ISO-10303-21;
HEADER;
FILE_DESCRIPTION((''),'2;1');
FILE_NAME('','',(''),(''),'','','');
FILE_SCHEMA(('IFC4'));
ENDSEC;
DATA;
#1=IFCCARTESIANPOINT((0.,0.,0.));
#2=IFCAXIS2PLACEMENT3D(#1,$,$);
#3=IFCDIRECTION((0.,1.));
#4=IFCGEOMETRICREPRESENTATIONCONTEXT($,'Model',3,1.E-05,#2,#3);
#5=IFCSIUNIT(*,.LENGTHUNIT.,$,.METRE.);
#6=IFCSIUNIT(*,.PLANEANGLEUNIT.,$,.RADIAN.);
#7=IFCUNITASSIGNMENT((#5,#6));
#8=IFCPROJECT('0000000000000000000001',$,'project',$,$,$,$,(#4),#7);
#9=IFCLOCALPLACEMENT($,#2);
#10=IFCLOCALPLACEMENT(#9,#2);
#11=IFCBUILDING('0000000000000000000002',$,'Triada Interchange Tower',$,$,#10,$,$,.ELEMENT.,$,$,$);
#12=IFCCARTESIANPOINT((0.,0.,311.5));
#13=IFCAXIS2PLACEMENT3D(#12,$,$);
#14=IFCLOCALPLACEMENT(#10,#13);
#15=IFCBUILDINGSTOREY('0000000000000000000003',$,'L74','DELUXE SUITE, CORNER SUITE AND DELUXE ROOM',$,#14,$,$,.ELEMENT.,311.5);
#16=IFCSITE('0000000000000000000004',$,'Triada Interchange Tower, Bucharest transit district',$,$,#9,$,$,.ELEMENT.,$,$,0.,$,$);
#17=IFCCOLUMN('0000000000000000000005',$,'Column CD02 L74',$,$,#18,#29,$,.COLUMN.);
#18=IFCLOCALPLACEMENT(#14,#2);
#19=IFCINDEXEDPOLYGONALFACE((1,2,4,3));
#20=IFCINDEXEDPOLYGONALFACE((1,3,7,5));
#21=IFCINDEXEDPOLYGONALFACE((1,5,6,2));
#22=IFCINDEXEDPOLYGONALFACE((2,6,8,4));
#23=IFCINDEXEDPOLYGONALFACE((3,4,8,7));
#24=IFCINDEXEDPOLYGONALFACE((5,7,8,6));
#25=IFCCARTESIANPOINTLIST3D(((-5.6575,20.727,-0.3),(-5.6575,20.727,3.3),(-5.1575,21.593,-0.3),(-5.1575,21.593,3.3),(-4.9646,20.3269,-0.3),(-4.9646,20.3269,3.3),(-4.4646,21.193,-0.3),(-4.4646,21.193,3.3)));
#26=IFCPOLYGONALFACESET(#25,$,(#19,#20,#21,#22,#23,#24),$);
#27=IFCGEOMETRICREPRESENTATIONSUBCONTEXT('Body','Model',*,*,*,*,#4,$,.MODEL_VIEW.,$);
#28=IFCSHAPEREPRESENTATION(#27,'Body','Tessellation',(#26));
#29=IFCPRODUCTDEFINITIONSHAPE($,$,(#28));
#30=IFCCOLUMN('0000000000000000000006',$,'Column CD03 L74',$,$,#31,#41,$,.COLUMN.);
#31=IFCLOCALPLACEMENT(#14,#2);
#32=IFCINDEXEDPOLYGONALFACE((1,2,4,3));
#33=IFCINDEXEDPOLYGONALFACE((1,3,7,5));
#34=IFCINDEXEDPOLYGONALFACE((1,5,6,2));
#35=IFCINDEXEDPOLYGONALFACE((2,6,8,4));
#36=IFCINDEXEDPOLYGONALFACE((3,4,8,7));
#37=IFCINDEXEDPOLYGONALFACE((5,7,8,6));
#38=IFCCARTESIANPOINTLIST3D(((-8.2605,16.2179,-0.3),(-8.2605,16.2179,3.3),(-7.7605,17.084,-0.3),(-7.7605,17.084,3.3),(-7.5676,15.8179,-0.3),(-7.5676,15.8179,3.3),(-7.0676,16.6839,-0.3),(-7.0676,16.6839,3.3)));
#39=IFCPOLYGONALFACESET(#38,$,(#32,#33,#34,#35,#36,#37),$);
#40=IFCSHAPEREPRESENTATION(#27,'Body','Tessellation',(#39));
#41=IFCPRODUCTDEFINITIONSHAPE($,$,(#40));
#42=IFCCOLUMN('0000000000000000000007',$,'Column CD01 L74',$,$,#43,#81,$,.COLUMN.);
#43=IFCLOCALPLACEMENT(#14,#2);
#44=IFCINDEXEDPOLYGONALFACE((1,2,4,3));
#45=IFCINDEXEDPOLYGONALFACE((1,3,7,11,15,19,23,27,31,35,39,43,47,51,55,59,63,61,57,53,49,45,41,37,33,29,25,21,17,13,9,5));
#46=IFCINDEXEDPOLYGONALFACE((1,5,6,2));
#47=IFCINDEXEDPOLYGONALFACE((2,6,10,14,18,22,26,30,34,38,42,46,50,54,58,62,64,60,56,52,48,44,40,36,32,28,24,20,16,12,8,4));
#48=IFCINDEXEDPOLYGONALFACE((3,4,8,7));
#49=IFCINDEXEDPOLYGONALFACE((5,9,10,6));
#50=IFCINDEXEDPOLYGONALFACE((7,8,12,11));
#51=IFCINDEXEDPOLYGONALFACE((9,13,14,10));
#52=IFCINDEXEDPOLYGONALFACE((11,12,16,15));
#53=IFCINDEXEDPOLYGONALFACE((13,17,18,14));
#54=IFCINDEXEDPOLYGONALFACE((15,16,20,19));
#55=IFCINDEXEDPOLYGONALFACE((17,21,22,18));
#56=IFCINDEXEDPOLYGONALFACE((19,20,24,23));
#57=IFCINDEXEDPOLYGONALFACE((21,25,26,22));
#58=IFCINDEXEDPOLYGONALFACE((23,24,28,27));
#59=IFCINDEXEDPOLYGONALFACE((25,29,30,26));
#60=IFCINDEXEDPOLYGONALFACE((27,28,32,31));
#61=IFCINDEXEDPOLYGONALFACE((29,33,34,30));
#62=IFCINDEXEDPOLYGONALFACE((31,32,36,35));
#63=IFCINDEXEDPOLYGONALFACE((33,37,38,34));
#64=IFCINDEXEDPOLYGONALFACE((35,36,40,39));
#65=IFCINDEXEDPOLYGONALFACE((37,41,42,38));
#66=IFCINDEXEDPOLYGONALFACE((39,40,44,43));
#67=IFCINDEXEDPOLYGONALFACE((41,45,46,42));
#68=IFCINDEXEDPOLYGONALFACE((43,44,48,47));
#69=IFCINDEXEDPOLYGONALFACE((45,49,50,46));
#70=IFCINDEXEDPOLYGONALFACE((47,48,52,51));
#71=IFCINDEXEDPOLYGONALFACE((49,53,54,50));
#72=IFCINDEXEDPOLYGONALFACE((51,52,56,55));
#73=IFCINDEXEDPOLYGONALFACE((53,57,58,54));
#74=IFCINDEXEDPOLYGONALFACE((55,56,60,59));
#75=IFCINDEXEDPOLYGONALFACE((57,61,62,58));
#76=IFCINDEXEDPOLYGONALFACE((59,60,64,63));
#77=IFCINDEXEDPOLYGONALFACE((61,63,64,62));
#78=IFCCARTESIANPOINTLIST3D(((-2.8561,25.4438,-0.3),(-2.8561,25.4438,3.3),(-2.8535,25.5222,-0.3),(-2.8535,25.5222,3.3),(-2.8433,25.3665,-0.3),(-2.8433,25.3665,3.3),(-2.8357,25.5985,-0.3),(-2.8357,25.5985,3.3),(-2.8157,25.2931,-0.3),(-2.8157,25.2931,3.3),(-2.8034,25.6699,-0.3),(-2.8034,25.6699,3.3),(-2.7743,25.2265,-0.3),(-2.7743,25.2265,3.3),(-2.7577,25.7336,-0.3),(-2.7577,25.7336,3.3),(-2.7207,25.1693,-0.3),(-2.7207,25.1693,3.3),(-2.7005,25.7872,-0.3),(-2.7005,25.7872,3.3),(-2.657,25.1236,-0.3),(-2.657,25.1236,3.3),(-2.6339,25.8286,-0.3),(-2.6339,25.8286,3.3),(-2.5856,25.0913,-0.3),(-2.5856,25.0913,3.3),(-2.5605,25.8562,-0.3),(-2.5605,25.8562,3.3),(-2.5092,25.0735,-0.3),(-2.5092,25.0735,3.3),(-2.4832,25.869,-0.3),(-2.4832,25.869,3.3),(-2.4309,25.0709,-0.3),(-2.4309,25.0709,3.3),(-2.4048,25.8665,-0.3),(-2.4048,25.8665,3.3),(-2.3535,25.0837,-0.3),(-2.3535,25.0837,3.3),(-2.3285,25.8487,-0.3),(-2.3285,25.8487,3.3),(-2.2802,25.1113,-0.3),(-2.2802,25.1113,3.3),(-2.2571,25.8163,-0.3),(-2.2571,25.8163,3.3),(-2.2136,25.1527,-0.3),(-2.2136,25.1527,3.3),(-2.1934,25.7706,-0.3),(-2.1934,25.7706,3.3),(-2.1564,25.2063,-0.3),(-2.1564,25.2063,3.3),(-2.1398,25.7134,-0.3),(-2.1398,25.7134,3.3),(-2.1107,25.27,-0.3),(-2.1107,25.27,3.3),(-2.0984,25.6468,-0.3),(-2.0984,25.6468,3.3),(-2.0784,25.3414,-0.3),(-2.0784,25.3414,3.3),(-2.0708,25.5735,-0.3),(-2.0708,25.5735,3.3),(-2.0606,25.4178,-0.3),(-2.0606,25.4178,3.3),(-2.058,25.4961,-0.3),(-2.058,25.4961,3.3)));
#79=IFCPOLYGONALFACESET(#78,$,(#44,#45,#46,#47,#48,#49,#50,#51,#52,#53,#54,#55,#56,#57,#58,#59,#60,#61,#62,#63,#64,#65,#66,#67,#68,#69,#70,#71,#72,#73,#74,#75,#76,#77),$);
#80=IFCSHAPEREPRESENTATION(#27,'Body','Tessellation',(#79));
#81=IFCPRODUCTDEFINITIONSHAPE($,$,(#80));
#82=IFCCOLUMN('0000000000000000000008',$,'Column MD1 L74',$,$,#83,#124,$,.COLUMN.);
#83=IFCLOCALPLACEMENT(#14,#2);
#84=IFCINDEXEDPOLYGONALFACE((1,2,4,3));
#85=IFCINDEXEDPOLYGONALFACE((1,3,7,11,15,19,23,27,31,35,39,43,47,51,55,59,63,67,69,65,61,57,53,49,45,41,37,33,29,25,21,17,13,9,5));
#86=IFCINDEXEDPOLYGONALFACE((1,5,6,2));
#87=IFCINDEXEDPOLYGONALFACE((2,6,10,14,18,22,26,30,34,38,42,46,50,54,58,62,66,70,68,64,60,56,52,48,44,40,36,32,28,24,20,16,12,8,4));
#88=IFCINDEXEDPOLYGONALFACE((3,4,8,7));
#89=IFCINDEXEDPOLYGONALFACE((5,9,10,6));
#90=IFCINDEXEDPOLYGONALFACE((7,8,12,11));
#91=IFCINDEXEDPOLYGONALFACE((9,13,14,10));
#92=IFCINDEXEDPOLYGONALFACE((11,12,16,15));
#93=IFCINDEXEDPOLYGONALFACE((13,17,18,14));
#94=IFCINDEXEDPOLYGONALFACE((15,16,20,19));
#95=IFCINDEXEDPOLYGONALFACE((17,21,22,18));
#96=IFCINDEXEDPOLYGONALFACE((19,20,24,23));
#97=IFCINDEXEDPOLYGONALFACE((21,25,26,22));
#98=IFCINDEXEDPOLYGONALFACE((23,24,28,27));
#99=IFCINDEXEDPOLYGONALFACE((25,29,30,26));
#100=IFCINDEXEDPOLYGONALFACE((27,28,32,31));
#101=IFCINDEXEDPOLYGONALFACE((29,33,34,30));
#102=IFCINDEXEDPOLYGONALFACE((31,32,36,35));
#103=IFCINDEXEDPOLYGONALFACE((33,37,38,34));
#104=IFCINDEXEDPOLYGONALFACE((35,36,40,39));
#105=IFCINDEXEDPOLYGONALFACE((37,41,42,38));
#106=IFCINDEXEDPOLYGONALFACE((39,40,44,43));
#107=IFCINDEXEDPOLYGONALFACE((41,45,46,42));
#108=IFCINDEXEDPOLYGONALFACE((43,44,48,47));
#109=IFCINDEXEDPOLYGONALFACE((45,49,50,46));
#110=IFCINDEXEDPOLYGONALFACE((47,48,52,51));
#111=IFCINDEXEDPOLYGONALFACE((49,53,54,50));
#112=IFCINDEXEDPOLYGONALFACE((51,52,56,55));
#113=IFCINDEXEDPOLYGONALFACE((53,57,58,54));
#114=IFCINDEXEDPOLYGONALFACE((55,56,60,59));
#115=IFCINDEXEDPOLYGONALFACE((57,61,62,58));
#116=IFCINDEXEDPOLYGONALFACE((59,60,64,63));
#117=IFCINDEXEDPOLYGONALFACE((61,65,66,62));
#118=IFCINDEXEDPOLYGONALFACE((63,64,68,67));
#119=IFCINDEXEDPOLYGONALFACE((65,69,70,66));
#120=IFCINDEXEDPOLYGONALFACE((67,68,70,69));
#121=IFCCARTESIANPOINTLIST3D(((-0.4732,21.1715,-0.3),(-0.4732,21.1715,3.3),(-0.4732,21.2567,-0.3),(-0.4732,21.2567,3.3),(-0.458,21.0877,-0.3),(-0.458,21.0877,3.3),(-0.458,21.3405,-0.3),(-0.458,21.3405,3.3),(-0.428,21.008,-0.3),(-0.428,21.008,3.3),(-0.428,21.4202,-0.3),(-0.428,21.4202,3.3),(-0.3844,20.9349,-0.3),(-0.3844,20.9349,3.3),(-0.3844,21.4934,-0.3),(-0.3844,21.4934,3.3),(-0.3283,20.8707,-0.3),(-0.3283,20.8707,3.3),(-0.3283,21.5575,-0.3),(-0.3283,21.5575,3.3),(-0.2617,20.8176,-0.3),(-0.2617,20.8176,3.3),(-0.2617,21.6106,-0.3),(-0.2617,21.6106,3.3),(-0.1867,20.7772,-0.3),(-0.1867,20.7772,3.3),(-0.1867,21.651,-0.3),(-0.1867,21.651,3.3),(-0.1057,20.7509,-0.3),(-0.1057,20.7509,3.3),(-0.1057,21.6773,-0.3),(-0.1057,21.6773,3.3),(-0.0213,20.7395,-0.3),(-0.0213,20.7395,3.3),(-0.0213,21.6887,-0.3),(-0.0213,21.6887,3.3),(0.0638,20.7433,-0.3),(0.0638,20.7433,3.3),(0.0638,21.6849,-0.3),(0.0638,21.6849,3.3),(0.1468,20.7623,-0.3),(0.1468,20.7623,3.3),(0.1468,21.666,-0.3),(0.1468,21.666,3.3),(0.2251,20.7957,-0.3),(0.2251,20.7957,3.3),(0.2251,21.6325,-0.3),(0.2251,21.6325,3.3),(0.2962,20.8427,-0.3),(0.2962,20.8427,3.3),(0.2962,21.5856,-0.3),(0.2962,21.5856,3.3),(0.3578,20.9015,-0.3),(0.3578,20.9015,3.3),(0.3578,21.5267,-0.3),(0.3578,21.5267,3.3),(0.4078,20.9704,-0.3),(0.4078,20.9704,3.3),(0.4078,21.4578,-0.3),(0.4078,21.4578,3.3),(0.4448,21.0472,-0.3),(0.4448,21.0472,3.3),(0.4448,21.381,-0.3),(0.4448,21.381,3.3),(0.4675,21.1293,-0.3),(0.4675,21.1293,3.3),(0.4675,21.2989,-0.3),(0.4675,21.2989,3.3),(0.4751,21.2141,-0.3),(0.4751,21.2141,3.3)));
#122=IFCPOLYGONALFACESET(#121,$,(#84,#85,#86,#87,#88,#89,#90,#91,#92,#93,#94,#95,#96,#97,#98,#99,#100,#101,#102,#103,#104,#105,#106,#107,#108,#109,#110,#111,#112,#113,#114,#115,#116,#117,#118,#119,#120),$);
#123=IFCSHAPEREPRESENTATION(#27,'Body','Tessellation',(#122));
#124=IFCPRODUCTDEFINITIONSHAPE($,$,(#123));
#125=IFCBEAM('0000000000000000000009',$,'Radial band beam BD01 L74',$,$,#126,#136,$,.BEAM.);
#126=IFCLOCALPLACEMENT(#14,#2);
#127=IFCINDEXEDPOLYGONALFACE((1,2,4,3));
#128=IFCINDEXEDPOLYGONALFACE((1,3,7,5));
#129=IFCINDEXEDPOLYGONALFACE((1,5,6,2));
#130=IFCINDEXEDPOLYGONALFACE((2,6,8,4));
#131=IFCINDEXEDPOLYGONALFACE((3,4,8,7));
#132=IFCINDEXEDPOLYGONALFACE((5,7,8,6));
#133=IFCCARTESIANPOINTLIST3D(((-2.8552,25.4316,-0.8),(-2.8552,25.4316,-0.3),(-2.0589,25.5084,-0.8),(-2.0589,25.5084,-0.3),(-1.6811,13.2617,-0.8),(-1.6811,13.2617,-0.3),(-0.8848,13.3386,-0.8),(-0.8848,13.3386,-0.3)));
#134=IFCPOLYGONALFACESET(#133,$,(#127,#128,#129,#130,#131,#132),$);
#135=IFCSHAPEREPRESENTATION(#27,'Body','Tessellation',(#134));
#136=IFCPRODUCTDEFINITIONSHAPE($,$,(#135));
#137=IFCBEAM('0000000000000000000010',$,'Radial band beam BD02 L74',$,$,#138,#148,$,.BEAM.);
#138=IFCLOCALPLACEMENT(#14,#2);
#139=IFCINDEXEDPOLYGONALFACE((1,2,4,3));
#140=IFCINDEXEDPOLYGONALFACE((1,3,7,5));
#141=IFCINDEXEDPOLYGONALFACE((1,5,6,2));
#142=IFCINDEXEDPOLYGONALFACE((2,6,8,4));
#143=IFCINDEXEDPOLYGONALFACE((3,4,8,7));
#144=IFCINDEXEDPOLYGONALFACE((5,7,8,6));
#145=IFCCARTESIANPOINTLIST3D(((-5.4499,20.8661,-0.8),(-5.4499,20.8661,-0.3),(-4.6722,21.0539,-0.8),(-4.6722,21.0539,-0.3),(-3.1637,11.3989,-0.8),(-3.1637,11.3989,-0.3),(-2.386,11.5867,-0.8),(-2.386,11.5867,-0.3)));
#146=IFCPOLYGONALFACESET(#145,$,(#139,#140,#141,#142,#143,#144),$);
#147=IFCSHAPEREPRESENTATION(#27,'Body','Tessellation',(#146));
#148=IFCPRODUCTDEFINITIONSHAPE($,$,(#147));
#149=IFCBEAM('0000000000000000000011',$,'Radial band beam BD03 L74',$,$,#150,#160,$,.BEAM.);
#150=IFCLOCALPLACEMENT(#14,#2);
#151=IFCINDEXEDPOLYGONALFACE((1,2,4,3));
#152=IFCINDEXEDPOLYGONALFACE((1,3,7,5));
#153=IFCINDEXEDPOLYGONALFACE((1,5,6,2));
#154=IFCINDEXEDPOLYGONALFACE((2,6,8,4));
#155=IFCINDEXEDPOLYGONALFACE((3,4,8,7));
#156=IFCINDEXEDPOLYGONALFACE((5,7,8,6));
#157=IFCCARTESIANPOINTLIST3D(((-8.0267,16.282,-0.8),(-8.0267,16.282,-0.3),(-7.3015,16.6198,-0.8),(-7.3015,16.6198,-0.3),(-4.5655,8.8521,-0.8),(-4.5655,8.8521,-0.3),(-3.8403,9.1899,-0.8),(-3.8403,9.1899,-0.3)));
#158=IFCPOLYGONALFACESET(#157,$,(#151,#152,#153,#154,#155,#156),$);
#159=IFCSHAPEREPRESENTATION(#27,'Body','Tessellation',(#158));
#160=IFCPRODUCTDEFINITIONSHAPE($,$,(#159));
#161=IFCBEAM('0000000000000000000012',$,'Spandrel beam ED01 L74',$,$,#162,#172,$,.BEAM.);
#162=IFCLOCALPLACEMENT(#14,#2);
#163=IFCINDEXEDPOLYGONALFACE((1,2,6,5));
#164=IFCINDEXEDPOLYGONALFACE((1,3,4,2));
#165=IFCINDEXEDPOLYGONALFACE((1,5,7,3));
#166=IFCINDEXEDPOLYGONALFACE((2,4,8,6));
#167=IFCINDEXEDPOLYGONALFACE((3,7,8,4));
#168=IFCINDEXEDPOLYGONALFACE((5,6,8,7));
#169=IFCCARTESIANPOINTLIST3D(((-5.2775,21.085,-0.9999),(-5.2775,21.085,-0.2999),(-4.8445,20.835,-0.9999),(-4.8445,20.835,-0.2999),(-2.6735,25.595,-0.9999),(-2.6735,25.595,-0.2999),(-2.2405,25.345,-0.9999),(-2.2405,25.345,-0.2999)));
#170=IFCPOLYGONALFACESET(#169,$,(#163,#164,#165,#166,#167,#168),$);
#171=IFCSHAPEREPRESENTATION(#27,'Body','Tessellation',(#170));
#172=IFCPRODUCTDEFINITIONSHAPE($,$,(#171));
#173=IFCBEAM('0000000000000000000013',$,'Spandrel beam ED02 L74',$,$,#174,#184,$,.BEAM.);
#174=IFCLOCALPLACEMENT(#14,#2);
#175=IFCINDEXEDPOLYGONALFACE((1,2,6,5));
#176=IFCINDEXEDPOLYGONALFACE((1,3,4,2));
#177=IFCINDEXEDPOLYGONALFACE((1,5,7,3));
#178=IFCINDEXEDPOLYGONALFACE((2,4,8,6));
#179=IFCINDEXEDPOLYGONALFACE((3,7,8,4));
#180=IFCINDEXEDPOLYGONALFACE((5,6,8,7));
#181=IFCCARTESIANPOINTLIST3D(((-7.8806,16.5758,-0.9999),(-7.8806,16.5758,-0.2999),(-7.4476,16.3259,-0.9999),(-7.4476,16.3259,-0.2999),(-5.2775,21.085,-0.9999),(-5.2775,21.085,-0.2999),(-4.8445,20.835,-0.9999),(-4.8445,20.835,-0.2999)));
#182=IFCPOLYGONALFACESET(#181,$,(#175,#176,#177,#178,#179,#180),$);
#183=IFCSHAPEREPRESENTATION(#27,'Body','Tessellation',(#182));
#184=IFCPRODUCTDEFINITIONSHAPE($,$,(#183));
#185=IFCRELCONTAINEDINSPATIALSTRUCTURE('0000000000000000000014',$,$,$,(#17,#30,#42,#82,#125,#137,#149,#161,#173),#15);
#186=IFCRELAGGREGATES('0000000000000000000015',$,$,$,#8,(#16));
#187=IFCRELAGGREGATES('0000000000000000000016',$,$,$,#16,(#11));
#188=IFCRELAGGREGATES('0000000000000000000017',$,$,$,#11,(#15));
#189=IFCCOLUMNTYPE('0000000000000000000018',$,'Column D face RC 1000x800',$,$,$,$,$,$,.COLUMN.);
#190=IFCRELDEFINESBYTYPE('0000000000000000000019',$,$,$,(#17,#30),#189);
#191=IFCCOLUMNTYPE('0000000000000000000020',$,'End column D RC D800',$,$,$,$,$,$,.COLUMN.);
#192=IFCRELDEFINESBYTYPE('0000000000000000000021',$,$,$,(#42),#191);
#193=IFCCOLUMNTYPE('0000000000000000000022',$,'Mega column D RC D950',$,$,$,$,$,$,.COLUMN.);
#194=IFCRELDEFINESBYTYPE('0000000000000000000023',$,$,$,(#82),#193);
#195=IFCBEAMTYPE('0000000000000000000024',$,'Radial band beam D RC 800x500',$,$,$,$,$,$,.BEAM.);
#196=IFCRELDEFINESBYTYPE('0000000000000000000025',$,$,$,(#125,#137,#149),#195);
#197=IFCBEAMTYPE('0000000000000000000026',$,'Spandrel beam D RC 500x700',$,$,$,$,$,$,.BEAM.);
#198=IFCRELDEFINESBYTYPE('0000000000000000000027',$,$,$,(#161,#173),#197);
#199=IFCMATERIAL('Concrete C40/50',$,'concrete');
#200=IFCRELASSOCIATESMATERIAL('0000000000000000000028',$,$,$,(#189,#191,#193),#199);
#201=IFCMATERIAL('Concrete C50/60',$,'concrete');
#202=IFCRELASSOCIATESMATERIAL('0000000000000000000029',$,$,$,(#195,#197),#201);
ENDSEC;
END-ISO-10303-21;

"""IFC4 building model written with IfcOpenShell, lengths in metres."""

from ifc_helpers import new_model, si_unit, direction, frame, origin, origin_2d, place, context, subcontext, project, spatial, rectangle, circle, extrude, material, material_profile, profile_set, type_object, element, save


model = new_model("IFC4")

# Units and contexts
model_context = context("Model", 3, precision=1e-05, world=origin(), true_north=direction((0.0, 1.0)))
body_context = subcontext(model_context, "Body", "Model", "MODEL_VIEW")
ifc_project = project(units=[si_unit("LENGTHUNIT", "METRE"), si_unit("PLANEANGLEUNIT", "RADIAN")], contexts=[model_context])

# Site, building, storey
site_placement = place(None, origin())
site = spatial("IfcSite", under=ifc_project, at=site_placement, Name="Triada Interchange Tower, Bucharest transit district", CompositionType="ELEMENT", RefElevation=0.0)
building_placement = place(site_placement, origin())
building = spatial("IfcBuilding", under=site, at=building_placement, Name="Triada Interchange Tower", CompositionType="ELEMENT")
storey_placement = place(building_placement, frame((0.0, 0.0, 311.5)))
storey = spatial("IfcBuildingStorey", under=building, at=storey_placement, Name="L74", Description="DELUXE SUITE, CORNER SUITE AND DELUXE ROOM", CompositionType="ELEMENT", Elevation=311.5)

# Columns
ifc_material_1 = material(Name="Concrete C40/50", Category="concrete")
ifc_material_profile_1 = material_profile(ifc_material_1, rectangle(XDim=1.0, YDim=0.8, at=origin_2d()), Name="RC 1000x800")
ifc_profile_set_1 = profile_set([ifc_material_profile_1], Name="Concrete C40/50")
column_type_1 = type_object("IfcColumnType", Name="Column D face RC 1000x800", PredefinedType="COLUMN", material=ifc_profile_set_1)
for number, where, z_axis, x_axis, name in (
    (1, (-5.061, 20.96, -0.3), (0.0, 0.0, 1.0), (0.5, 0.866025, 0.0), "Column CD02 L74"),
    (2, (-7.6641, 16.4509, -0.3), (0.0, 0.0, 1.0), (0.5, 0.866025, 0.0), "Column CD03 L74"),
):
    element("IfcColumn", number, at=place(storey_placement, frame(where, z_axis=z_axis, x_axis=x_axis)), inside=storey, type_object=column_type_1, Name=name, PredefinedType="COLUMN", context=body_context, shape_type="SweptSolid", body=[
        extrude(rectangle(XDim=1.0, YDim=0.8, at=origin_2d()), origin(), (0.0, 0.0, 1.0), 3.6001),
    ])
ifc_material_profile_2 = material_profile(ifc_material_1, circle(Radius=0.3999, at=origin_2d()), Name="RC D800")
ifc_profile_set_2 = profile_set([ifc_material_profile_2], Name="Concrete C40/50")
column_type_2 = type_object("IfcColumnType", Name="End column D RC D800", PredefinedType="COLUMN", material=ifc_profile_set_2)
column_1_placement = place(storey_placement, frame((-2.457, 25.47, -0.3), z_axis=(0.0, 0.0, 1.0), x_axis=(0.5, 0.866025, 0.0)))
element("IfcColumn", 3, at=column_1_placement, inside=storey, type_object=column_type_2, Name="Column CD01 L74", PredefinedType="COLUMN", context=body_context, shape_type="SweptSolid", body=[
    extrude(circle(Radius=0.3999, at=origin_2d()), origin(), (0.0, 0.0, 1.0), 3.6001),
])
ifc_material_profile_3 = material_profile(ifc_material_1, circle(Radius=0.4751, at=origin_2d()), Name="RC D950")
ifc_profile_set_3 = profile_set([ifc_material_profile_3], Name="Concrete C40/50")
column_type_3 = type_object("IfcColumnType", Name="Mega column D RC D950", PredefinedType="COLUMN", material=ifc_profile_set_3)
column_2_placement = place(storey_placement, frame((0.0, 21.2141, -0.3), z_axis=(0.0, 0.0, 1.0), x_axis=(1.0, 0.0, 0.0)))
element("IfcColumn", 4, at=column_2_placement, inside=storey, type_object=column_type_3, Name="Column MD1 L74", PredefinedType="COLUMN", context=body_context, shape_type="SweptSolid", body=[
    extrude(circle(Radius=0.4751, at=origin_2d()), origin(), (0.0, 0.0, 1.0), 3.6001),
])

# Beams
ifc_material_2 = material(Name="Concrete C50/60", Category="concrete")
ifc_material_profile_4 = material_profile(ifc_material_2, rectangle(XDim=0.8, YDim=0.5, at=origin_2d()), Name="RC 800x500")
ifc_profile_set_4 = profile_set([ifc_material_profile_4], Name="Concrete C50/60")
beam_type_1 = type_object("IfcBeamType", Name="Radial band beam D RC 800x500", PredefinedType="BEAM", material=ifc_profile_set_4)
beam_1_placement = place(storey_placement, frame((-2.457, 25.47, -0.55), z_axis=(0.096027, -0.995379, 0.0), x_axis=(0.995379, 0.096027, 0.0)))
element("IfcBeam", 5, at=beam_1_placement, inside=storey, type_object=beam_type_1, Name="Radial band beam BD01 L74", PredefinedType="BEAM", context=body_context, shape_type="SweptSolid", body=[
    extrude(rectangle(XDim=0.8, YDim=0.5, at=origin_2d()), origin(), (0.0, 0.0, 1.0), 12.2263),
])
beam_2_placement = place(storey_placement, frame((-5.061, 20.96, -0.55), z_axis=(0.234736, -0.972059, 0.0), x_axis=(0.972059, 0.234736, 0.0)))
element("IfcBeam", 6, at=beam_2_placement, inside=storey, type_object=beam_type_1, Name="Radial band beam BD02 L74", PredefinedType="BEAM", context=body_context, shape_type="SweptSolid", body=[
    extrude(rectangle(XDim=0.8, YDim=0.5, at=origin_2d()), origin(), (0.0, 0.0, 1.0), 9.7393),
])
beam_3_placement = place(storey_placement, frame((-7.6641, 16.4509, -0.55), z_axis=(0.422272, -0.906469, 0.0), x_axis=(0.906469, 0.422272, 0.0)))
element("IfcBeam", 7, at=beam_3_placement, inside=storey, type_object=beam_type_1, Name="Radial band beam BD03 L74", PredefinedType="BEAM", context=body_context, shape_type="SweptSolid", body=[
    extrude(rectangle(XDim=0.8, YDim=0.5, at=origin_2d()), origin(), (0.0, 0.0, 1.0), 8.1965),
])
ifc_material_profile_5 = material_profile(ifc_material_2, rectangle(XDim=0.5, YDim=0.7, at=origin_2d()), Name="RC 500x700")
ifc_profile_set_5 = profile_set([ifc_material_profile_5], Name="Concrete C50/60")
beam_type_2 = type_object("IfcBeamType", Name="Spandrel beam D RC 500x700", PredefinedType="BEAM", material=ifc_profile_set_5)
beam_4_placement = place(storey_placement, frame((-2.457, 25.47, -0.6499), z_axis=(-0.500021, -0.866013, 0.0), x_axis=(0.866013, -0.500021, 0.0)))
element("IfcBeam", 8, at=beam_4_placement, inside=storey, type_object=beam_type_2, Name="Spandrel beam ED01 L74", PredefinedType="BEAM", context=body_context, shape_type="SweptSolid", body=[
    extrude(rectangle(XDim=0.5, YDim=0.7, at=origin_2d()), origin(), (0.0, 0.0, 1.0), 5.2078),
])
beam_5_placement = place(storey_placement, frame((-5.061, 20.96, -0.6499), z_axis=(-0.499962, -0.866047, 0.0), x_axis=(0.866047, -0.499962, 0.0)))
element("IfcBeam", 9, at=beam_5_placement, inside=storey, type_object=beam_type_2, Name="Spandrel beam ED02 L74", PredefinedType="BEAM", context=body_context, shape_type="SweptSolid", body=[
    extrude(rectangle(XDim=0.5, YDim=0.7, at=origin_2d()), origin(), (0.0, 0.0, 1.0), 5.2065),
])

save(model, "model.ifc")
